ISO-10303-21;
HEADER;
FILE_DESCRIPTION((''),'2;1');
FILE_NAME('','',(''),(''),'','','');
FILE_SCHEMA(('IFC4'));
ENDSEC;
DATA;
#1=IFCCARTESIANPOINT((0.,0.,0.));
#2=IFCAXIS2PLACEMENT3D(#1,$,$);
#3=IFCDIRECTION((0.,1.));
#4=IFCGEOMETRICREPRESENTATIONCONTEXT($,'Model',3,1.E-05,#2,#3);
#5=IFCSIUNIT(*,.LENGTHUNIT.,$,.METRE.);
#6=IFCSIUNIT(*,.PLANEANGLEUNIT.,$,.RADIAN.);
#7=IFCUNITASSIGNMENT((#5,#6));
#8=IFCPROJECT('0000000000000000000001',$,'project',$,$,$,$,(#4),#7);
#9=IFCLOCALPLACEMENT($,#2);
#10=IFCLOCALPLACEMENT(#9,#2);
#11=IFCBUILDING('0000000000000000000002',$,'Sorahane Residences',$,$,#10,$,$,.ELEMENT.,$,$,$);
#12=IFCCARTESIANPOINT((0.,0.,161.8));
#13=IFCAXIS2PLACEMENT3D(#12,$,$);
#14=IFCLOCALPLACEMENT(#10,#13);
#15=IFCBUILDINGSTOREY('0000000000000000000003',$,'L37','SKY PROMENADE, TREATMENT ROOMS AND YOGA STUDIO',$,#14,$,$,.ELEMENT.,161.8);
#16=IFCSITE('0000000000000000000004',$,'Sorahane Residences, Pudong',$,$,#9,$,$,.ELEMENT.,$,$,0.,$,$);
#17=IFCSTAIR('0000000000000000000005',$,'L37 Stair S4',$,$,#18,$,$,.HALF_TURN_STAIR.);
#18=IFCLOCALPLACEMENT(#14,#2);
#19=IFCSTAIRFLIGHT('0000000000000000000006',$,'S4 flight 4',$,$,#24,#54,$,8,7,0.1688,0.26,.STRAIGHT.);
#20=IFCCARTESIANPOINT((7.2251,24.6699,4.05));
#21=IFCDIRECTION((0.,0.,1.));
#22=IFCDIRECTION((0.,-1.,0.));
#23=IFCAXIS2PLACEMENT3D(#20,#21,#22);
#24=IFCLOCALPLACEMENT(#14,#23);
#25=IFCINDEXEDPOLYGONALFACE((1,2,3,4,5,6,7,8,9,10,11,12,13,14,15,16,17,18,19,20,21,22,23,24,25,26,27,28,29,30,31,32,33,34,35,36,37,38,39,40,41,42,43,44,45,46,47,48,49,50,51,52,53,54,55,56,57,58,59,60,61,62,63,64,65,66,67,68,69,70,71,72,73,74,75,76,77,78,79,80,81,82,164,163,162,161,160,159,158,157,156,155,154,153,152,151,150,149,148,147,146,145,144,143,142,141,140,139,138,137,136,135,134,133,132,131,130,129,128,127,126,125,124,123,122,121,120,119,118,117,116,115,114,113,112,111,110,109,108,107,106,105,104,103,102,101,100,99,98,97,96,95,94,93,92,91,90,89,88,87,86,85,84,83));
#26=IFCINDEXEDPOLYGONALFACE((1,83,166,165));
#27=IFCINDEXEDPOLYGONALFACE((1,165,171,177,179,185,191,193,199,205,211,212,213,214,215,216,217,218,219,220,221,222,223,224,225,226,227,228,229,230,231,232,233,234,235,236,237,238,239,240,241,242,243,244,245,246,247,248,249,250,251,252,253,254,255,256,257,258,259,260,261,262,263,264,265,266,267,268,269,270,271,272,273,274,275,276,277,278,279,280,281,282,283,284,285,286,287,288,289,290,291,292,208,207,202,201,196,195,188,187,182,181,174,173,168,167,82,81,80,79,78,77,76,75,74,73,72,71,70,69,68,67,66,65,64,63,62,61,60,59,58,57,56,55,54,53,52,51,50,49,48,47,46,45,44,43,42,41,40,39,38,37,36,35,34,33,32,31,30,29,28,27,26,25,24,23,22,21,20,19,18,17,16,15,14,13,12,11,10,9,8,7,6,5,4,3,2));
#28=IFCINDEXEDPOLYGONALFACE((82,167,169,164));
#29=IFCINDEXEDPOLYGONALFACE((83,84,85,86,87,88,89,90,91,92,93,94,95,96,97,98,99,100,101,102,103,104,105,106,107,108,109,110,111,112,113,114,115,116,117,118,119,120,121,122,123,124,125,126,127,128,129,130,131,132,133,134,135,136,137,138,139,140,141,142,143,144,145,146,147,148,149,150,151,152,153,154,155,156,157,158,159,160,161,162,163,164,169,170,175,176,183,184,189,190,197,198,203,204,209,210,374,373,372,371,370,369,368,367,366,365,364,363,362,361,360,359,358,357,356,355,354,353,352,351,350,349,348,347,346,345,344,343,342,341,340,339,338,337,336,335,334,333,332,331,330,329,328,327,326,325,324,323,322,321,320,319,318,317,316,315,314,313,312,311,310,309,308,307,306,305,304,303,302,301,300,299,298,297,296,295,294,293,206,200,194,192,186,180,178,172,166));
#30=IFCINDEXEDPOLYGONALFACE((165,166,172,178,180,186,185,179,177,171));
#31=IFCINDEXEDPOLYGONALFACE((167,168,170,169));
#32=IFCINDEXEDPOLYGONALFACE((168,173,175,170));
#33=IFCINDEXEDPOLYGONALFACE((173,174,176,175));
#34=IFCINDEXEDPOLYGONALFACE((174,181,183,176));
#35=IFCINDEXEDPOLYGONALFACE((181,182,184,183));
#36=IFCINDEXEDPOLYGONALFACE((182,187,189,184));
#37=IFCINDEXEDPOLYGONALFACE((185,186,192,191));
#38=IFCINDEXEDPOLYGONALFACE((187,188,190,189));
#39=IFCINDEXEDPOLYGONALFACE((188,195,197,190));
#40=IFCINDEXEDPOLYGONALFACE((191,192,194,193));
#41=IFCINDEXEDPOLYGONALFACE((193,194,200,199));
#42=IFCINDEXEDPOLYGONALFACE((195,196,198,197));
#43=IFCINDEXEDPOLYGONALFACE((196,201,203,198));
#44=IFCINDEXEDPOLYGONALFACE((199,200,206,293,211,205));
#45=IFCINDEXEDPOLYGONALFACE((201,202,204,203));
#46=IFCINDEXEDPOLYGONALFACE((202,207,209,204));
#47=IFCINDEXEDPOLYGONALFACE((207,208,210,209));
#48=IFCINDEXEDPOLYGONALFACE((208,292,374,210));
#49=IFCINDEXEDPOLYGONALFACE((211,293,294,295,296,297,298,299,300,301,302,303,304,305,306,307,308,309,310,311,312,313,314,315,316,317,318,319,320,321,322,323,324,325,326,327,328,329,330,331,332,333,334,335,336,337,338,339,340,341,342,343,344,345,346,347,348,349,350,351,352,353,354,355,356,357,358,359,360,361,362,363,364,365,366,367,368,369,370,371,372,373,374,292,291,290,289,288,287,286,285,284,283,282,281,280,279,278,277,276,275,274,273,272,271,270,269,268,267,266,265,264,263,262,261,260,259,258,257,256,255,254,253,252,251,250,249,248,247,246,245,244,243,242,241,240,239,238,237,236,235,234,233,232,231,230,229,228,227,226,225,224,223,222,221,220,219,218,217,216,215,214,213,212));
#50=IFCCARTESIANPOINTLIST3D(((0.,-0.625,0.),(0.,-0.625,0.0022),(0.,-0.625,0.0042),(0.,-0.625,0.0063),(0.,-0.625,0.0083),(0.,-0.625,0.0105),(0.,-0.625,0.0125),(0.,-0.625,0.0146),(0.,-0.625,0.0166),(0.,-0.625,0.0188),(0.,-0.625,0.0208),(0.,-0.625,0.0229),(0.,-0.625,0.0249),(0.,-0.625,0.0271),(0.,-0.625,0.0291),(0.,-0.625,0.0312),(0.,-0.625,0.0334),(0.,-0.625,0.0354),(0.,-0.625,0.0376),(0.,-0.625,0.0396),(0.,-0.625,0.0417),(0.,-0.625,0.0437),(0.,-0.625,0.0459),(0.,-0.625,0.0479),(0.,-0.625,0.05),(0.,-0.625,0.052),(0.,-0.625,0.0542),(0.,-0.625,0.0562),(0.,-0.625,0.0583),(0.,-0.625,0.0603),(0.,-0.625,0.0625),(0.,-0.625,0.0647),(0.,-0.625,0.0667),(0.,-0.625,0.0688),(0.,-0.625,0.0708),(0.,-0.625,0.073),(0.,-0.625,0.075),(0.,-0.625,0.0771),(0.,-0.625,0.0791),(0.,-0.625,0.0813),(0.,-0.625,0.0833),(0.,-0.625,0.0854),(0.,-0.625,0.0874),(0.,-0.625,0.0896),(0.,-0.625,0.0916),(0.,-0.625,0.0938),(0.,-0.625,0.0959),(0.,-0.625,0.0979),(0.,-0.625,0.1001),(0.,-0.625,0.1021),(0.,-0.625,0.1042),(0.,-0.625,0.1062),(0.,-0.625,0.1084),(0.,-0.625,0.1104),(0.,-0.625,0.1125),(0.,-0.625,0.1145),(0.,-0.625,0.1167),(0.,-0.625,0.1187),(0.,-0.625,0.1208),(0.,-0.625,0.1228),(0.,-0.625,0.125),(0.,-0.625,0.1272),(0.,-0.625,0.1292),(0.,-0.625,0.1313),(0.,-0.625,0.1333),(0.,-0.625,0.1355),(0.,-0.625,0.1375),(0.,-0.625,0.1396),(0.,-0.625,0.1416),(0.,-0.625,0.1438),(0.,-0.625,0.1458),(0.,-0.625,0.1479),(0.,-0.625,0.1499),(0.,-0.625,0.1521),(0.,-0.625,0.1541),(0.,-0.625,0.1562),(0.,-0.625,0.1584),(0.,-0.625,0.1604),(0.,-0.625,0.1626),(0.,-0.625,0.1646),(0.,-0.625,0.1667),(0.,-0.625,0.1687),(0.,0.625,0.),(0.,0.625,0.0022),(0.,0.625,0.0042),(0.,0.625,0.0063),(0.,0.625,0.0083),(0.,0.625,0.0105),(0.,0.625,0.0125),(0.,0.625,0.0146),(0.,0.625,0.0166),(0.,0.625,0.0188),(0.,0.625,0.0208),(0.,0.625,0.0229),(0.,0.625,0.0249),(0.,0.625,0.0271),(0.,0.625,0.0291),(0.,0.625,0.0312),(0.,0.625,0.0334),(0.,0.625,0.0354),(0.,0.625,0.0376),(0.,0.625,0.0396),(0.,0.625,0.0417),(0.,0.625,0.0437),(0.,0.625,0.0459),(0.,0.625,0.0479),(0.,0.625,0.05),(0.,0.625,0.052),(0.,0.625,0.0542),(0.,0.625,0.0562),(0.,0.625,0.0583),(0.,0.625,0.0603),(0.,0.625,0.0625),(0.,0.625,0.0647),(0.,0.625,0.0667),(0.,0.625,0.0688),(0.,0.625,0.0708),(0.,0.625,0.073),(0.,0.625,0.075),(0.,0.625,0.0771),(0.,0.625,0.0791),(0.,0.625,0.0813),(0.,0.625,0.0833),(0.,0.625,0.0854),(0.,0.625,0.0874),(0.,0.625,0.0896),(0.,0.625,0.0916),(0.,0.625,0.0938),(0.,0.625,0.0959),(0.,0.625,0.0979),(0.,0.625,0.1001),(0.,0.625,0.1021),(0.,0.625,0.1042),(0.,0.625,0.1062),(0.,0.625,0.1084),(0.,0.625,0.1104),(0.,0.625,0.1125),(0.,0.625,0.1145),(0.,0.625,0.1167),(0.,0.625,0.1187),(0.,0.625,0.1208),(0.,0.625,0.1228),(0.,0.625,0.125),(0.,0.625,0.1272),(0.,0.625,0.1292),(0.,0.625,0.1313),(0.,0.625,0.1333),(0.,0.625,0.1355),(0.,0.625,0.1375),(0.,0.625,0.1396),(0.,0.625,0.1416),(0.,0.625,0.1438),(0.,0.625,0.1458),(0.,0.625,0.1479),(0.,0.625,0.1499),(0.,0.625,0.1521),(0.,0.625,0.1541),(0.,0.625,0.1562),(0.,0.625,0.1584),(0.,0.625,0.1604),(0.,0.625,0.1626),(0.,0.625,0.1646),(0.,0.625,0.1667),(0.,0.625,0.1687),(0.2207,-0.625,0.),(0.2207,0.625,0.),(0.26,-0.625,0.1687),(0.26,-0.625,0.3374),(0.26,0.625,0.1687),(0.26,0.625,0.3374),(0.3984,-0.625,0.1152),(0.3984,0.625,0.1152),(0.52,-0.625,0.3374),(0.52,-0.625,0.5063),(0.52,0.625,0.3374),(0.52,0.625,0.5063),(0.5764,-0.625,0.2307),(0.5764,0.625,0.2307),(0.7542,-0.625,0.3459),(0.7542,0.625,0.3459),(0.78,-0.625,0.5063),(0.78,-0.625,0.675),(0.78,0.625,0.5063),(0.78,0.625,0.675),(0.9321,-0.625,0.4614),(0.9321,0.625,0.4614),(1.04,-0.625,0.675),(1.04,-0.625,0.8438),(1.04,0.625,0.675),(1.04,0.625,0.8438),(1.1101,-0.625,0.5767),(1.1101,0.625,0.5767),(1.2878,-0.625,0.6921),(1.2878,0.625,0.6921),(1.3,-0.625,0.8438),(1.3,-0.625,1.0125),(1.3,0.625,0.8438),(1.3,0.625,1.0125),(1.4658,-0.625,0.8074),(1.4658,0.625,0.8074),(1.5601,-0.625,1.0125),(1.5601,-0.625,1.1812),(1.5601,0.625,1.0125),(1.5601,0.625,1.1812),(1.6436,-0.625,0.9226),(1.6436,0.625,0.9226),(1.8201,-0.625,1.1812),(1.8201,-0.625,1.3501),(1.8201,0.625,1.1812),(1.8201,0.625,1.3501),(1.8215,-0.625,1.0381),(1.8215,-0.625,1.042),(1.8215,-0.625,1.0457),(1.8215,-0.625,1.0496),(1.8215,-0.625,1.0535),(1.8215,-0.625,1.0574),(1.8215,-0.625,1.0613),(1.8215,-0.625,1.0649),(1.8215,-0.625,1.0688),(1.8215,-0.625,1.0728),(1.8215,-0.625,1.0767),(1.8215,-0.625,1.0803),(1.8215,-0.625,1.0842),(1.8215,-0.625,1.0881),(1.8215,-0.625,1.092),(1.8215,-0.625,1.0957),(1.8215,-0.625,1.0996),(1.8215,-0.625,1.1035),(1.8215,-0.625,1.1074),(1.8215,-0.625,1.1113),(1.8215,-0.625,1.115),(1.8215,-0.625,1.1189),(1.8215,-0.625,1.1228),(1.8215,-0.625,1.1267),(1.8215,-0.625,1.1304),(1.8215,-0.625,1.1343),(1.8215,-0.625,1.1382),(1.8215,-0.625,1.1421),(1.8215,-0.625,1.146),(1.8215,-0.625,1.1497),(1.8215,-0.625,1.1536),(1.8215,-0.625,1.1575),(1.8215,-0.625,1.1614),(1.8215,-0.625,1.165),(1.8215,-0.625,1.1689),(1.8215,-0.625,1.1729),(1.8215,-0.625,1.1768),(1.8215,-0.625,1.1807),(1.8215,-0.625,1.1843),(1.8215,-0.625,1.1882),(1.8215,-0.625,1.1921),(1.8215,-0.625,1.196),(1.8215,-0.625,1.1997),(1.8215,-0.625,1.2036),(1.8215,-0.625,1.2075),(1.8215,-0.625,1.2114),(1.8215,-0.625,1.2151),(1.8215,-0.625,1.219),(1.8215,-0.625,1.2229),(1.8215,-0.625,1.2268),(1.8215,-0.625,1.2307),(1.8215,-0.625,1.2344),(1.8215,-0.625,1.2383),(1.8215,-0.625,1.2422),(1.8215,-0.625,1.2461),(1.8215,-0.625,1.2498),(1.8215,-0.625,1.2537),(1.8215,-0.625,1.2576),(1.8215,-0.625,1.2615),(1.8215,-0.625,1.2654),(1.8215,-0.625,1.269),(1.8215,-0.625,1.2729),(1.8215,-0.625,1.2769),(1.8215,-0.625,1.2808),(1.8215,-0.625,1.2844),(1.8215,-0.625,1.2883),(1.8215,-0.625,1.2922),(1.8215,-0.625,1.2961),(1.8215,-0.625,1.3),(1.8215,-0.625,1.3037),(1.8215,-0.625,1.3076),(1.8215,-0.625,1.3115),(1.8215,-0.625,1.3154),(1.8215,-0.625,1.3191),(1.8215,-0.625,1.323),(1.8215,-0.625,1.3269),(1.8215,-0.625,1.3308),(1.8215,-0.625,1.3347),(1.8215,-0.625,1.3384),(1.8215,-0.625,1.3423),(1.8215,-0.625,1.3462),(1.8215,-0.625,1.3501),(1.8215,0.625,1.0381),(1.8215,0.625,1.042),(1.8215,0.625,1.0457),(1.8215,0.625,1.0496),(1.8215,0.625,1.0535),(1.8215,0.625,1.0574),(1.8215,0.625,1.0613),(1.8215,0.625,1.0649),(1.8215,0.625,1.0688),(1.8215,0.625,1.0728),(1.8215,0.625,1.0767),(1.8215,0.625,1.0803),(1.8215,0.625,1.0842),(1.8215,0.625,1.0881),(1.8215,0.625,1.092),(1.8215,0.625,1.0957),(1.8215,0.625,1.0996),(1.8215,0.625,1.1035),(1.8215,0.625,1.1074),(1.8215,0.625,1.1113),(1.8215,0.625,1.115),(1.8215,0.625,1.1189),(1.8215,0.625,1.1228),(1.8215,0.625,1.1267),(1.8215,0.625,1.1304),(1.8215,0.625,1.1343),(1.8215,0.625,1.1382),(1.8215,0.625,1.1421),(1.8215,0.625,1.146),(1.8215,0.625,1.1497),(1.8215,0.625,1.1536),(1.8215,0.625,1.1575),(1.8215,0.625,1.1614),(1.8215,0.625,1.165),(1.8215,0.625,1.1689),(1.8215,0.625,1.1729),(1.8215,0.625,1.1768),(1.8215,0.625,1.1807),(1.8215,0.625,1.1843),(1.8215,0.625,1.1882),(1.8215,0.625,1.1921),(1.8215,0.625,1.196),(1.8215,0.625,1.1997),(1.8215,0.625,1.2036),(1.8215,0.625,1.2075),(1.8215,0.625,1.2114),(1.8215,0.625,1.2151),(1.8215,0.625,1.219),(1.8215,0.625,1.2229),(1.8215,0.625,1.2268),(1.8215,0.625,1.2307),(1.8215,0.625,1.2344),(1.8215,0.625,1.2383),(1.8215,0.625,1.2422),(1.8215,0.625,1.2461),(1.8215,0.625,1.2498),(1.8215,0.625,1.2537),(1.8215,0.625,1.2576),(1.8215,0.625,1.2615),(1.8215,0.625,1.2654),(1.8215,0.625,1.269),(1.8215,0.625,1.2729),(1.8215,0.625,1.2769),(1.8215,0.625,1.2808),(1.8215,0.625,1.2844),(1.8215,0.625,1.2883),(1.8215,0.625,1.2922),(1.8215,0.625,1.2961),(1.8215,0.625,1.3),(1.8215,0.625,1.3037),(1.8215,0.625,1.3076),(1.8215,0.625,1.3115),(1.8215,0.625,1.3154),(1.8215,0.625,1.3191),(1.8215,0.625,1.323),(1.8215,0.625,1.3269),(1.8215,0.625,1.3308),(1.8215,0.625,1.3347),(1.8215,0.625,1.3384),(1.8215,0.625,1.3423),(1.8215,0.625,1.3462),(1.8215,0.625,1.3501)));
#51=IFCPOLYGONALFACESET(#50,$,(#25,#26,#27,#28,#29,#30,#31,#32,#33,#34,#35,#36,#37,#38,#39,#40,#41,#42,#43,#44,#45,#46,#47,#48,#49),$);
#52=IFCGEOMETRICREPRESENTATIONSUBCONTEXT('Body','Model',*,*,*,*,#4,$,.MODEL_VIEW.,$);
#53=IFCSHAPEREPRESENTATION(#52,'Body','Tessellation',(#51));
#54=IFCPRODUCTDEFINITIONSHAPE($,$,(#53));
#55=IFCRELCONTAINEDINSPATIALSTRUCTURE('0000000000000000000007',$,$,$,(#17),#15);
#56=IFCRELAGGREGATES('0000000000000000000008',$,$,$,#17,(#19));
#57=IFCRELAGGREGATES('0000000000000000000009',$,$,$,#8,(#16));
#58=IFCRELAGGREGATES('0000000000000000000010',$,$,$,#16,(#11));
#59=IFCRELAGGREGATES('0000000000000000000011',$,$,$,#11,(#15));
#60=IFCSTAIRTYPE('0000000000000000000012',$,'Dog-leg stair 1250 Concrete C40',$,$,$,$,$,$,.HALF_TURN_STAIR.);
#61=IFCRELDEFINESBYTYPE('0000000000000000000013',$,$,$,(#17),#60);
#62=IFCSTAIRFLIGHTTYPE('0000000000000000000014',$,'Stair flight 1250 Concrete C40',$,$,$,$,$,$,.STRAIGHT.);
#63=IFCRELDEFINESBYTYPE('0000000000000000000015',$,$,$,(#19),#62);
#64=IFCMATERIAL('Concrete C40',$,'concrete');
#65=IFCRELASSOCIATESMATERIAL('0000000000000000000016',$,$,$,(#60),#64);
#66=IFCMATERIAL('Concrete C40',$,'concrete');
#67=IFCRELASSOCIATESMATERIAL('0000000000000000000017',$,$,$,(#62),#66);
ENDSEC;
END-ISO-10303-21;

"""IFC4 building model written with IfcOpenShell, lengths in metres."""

from ifc_helpers import new_model, si_unit, direction, frame, origin, place, context, subcontext, project, spatial, polyline, outline, extrude, material, type_object, element, aggregate, save


model = new_model("IFC4")

# Units and contexts
model_context = context("Model", 3, precision=1e-05, world=origin(), true_north=direction((0.0, 1.0)))
body_context = subcontext(model_context, "Body", "Model", "MODEL_VIEW")
ifc_project = project(units=[si_unit("LENGTHUNIT", "METRE"), si_unit("PLANEANGLEUNIT", "RADIAN")], contexts=[model_context])

# Site, building, storey
site_placement = place(None, origin())
site = spatial("IfcSite", under=ifc_project, at=site_placement, Name="Sorahane Residences, Pudong", CompositionType="ELEMENT", RefElevation=0.0)
building_placement = place(site_placement, origin())
building = spatial("IfcBuilding", under=site, at=building_placement, Name="Sorahane Residences", CompositionType="ELEMENT")
storey_placement = place(building_placement, frame((0.0, 0.0, 161.8)))
storey = spatial("IfcBuildingStorey", under=building, at=storey_placement, Name="L37", Description="SKY PROMENADE, TREATMENT ROOMS AND YOGA STUDIO", CompositionType="ELEMENT", Elevation=161.8)

# Stair, stair flight
ifc_material_1 = material(Name="Concrete C40", Category="concrete")
stair_type = type_object("IfcStairType", Name="Dog-leg stair 1250 Concrete C40", PredefinedType="HALF_TURN_STAIR", material=ifc_material_1)
stair_placement = place(storey_placement, origin())
stair = element("IfcStair", 1, at=stair_placement, inside=storey, type_object=stair_type, Name="L37 Stair S4", PredefinedType="HALF_TURN_STAIR")
ifc_material_2 = material(Name="Concrete C40", Category="concrete")
stair_flight_type = type_object("IfcStairFlightType", Name="Stair flight 1250 Concrete C40", PredefinedType="STRAIGHT", material=ifc_material_2)
stair_flight_1_placement = place(storey_placement, frame((7.2251, 24.6699, 4.05), z_axis=(0.0, 0.0, 1.0), x_axis=(0.0, -1.0, 0.0)))
stair_flight_1 = element("IfcStairFlight", 2, at=stair_flight_1_placement, type_object=stair_flight_type, Name="S4 flight 4", NumberOfRisers=8, NumberOfTreads=7, PredefinedType="STRAIGHT", RiserHeight=0.1688, TreadLength=0.26, context=body_context, shape_type="SweptSolid", body=[
    extrude(outline(polyline([(0.0, 0.0), (0.0, 0.0022), (0.0, 0.0042), (0.0, 0.0063), (0.0, 0.0083), (0.0, 0.0105), (0.0, 0.0125), (0.0, 0.0146), (0.0, 0.0166), (0.0, 0.0188), (0.0, 0.0208), (0.0, 0.0229), (0.0, 0.0249), (0.0, 0.0271), (0.0, 0.0291), (0.0, 0.0312), (0.0, 0.0334), (0.0, 0.0354), (0.0, 0.0376), (0.0, 0.0396), (0.0, 0.0417), (0.0, 0.0437), (0.0, 0.0459), (0.0, 0.0479), (0.0, 0.05), (0.0, 0.052), (0.0, 0.0542), (0.0, 0.0562), (0.0, 0.0583), (0.0, 0.0603), (0.0, 0.0625), (0.0, 0.0647), (0.0, 0.0667), (0.0, 0.0688), (0.0, 0.0708), (0.0, 0.073), (0.0, 0.075), (0.0, 0.0771), (0.0, 0.0791), (0.0, 0.0813), (0.0, 0.0833), (0.0, 0.0854), (0.0, 0.0874), (0.0, 0.0896), (0.0, 0.0916), (0.0, 0.0938), (0.0, 0.0959), (0.0, 0.0979), (0.0, 0.1001), (0.0, 0.1021), (0.0, 0.1042), (0.0, 0.1062), (0.0, 0.1084), (0.0, 0.1104), (0.0, 0.1125), (0.0, 0.1145), (0.0, 0.1167), (0.0, 0.1187), (0.0, 0.1208), (0.0, 0.1228), (0.0, 0.125), (0.0, 0.1272), (0.0, 0.1292), (0.0, 0.1313), (0.0, 0.1333), (0.0, 0.1355), (0.0, 0.1375), (0.0, 0.1396), (0.0, 0.1416), (0.0, 0.1438), (0.0, 0.1458), (0.0, 0.1479), (0.0, 0.1499), (0.0, 0.1521), (0.0, 0.1541), (0.0, 0.1562), (0.0, 0.1584), (0.0, 0.1604), (0.0, 0.1626), (0.0, 0.1646), (0.0, 0.1667), (0.0, 0.1687), (0.26, 0.1687), (0.26, 0.3374), (0.52, 0.3374), (0.52, 0.5063), (0.78, 0.5063), (0.78, 0.675), (1.04, 0.675), (1.04, 0.8438), (1.3, 0.8438), (1.3, 1.0125), (1.5601, 1.0125), (1.5601, 1.1812), (1.8201, 1.1812), (1.8201, 1.3501), (1.8215, 1.3501), (1.8215, 1.3462), (1.8215, 1.3423), (1.8215, 1.3384), (1.8215, 1.3347), (1.8215, 1.3308), (1.8215, 1.3269), (1.8215, 1.323), (1.8215, 1.3191), (1.8215, 1.3154), (1.8215, 1.3115), (1.8215, 1.3076), (1.8215, 1.3037), (1.8215, 1.3), (1.8215, 1.2961), (1.8215, 1.2922), (1.8215, 1.2883), (1.8215, 1.2844), (1.8215, 1.2808), (1.8215, 1.2769), (1.8215, 1.2729), (1.8215, 1.269), (1.8215, 1.2654), (1.8215, 1.2615), (1.8215, 1.2576), (1.8215, 1.2537), (1.8215, 1.2498), (1.8215, 1.2461), (1.8215, 1.2422), (1.8215, 1.2383), (1.8215, 1.2344), (1.8215, 1.2307), (1.8215, 1.2268), (1.8215, 1.2229), (1.8215, 1.219), (1.8215, 1.2151), (1.8215, 1.2114), (1.8215, 1.2075), (1.8215, 1.2036), (1.8215, 1.1997), (1.8215, 1.196), (1.8215, 1.1921), (1.8215, 1.1882), (1.8215, 1.1843), (1.8215, 1.1807), (1.8215, 1.1768), (1.8215, 1.1729), (1.8215, 1.1689), (1.8215, 1.165), (1.8215, 1.1614), (1.8215, 1.1575), (1.8215, 1.1536), (1.8215, 1.1497), (1.8215, 1.146), (1.8215, 1.1421), (1.8215, 1.1382), (1.8215, 1.1343), (1.8215, 1.1304), (1.8215, 1.1267), (1.8215, 1.1228), (1.8215, 1.1189), (1.8215, 1.115), (1.8215, 1.1113), (1.8215, 1.1074), (1.8215, 1.1035), (1.8215, 1.0996), (1.8215, 1.0957), (1.8215, 1.092), (1.8215, 1.0881), (1.8215, 1.0842), (1.8215, 1.0803), (1.8215, 1.0767), (1.8215, 1.0728), (1.8215, 1.0688), (1.8215, 1.0649), (1.8215, 1.0613), (1.8215, 1.0574), (1.8215, 1.0535), (1.8215, 1.0496), (1.8215, 1.0457), (1.8215, 1.042), (1.8215, 1.0381), (1.6436, 0.9226), (1.4658, 0.8074), (1.2878, 0.6921), (1.1101, 0.5767), (0.9321, 0.4614), (0.7542, 0.3459), (0.5764, 0.2307), (0.3984, 0.1152), (0.2207, 0.0), (0.0, 0.0)])), frame((0.0, 0.625, 0.0), z_axis=(0.0, -1.0, 0.0), x_axis=(1.0, 0.0, 0.0)), (0.0, 0.0, 1.0), 1.25),
])
aggregate(stair, [stair_flight_1])

save(model, "model.ifc")
